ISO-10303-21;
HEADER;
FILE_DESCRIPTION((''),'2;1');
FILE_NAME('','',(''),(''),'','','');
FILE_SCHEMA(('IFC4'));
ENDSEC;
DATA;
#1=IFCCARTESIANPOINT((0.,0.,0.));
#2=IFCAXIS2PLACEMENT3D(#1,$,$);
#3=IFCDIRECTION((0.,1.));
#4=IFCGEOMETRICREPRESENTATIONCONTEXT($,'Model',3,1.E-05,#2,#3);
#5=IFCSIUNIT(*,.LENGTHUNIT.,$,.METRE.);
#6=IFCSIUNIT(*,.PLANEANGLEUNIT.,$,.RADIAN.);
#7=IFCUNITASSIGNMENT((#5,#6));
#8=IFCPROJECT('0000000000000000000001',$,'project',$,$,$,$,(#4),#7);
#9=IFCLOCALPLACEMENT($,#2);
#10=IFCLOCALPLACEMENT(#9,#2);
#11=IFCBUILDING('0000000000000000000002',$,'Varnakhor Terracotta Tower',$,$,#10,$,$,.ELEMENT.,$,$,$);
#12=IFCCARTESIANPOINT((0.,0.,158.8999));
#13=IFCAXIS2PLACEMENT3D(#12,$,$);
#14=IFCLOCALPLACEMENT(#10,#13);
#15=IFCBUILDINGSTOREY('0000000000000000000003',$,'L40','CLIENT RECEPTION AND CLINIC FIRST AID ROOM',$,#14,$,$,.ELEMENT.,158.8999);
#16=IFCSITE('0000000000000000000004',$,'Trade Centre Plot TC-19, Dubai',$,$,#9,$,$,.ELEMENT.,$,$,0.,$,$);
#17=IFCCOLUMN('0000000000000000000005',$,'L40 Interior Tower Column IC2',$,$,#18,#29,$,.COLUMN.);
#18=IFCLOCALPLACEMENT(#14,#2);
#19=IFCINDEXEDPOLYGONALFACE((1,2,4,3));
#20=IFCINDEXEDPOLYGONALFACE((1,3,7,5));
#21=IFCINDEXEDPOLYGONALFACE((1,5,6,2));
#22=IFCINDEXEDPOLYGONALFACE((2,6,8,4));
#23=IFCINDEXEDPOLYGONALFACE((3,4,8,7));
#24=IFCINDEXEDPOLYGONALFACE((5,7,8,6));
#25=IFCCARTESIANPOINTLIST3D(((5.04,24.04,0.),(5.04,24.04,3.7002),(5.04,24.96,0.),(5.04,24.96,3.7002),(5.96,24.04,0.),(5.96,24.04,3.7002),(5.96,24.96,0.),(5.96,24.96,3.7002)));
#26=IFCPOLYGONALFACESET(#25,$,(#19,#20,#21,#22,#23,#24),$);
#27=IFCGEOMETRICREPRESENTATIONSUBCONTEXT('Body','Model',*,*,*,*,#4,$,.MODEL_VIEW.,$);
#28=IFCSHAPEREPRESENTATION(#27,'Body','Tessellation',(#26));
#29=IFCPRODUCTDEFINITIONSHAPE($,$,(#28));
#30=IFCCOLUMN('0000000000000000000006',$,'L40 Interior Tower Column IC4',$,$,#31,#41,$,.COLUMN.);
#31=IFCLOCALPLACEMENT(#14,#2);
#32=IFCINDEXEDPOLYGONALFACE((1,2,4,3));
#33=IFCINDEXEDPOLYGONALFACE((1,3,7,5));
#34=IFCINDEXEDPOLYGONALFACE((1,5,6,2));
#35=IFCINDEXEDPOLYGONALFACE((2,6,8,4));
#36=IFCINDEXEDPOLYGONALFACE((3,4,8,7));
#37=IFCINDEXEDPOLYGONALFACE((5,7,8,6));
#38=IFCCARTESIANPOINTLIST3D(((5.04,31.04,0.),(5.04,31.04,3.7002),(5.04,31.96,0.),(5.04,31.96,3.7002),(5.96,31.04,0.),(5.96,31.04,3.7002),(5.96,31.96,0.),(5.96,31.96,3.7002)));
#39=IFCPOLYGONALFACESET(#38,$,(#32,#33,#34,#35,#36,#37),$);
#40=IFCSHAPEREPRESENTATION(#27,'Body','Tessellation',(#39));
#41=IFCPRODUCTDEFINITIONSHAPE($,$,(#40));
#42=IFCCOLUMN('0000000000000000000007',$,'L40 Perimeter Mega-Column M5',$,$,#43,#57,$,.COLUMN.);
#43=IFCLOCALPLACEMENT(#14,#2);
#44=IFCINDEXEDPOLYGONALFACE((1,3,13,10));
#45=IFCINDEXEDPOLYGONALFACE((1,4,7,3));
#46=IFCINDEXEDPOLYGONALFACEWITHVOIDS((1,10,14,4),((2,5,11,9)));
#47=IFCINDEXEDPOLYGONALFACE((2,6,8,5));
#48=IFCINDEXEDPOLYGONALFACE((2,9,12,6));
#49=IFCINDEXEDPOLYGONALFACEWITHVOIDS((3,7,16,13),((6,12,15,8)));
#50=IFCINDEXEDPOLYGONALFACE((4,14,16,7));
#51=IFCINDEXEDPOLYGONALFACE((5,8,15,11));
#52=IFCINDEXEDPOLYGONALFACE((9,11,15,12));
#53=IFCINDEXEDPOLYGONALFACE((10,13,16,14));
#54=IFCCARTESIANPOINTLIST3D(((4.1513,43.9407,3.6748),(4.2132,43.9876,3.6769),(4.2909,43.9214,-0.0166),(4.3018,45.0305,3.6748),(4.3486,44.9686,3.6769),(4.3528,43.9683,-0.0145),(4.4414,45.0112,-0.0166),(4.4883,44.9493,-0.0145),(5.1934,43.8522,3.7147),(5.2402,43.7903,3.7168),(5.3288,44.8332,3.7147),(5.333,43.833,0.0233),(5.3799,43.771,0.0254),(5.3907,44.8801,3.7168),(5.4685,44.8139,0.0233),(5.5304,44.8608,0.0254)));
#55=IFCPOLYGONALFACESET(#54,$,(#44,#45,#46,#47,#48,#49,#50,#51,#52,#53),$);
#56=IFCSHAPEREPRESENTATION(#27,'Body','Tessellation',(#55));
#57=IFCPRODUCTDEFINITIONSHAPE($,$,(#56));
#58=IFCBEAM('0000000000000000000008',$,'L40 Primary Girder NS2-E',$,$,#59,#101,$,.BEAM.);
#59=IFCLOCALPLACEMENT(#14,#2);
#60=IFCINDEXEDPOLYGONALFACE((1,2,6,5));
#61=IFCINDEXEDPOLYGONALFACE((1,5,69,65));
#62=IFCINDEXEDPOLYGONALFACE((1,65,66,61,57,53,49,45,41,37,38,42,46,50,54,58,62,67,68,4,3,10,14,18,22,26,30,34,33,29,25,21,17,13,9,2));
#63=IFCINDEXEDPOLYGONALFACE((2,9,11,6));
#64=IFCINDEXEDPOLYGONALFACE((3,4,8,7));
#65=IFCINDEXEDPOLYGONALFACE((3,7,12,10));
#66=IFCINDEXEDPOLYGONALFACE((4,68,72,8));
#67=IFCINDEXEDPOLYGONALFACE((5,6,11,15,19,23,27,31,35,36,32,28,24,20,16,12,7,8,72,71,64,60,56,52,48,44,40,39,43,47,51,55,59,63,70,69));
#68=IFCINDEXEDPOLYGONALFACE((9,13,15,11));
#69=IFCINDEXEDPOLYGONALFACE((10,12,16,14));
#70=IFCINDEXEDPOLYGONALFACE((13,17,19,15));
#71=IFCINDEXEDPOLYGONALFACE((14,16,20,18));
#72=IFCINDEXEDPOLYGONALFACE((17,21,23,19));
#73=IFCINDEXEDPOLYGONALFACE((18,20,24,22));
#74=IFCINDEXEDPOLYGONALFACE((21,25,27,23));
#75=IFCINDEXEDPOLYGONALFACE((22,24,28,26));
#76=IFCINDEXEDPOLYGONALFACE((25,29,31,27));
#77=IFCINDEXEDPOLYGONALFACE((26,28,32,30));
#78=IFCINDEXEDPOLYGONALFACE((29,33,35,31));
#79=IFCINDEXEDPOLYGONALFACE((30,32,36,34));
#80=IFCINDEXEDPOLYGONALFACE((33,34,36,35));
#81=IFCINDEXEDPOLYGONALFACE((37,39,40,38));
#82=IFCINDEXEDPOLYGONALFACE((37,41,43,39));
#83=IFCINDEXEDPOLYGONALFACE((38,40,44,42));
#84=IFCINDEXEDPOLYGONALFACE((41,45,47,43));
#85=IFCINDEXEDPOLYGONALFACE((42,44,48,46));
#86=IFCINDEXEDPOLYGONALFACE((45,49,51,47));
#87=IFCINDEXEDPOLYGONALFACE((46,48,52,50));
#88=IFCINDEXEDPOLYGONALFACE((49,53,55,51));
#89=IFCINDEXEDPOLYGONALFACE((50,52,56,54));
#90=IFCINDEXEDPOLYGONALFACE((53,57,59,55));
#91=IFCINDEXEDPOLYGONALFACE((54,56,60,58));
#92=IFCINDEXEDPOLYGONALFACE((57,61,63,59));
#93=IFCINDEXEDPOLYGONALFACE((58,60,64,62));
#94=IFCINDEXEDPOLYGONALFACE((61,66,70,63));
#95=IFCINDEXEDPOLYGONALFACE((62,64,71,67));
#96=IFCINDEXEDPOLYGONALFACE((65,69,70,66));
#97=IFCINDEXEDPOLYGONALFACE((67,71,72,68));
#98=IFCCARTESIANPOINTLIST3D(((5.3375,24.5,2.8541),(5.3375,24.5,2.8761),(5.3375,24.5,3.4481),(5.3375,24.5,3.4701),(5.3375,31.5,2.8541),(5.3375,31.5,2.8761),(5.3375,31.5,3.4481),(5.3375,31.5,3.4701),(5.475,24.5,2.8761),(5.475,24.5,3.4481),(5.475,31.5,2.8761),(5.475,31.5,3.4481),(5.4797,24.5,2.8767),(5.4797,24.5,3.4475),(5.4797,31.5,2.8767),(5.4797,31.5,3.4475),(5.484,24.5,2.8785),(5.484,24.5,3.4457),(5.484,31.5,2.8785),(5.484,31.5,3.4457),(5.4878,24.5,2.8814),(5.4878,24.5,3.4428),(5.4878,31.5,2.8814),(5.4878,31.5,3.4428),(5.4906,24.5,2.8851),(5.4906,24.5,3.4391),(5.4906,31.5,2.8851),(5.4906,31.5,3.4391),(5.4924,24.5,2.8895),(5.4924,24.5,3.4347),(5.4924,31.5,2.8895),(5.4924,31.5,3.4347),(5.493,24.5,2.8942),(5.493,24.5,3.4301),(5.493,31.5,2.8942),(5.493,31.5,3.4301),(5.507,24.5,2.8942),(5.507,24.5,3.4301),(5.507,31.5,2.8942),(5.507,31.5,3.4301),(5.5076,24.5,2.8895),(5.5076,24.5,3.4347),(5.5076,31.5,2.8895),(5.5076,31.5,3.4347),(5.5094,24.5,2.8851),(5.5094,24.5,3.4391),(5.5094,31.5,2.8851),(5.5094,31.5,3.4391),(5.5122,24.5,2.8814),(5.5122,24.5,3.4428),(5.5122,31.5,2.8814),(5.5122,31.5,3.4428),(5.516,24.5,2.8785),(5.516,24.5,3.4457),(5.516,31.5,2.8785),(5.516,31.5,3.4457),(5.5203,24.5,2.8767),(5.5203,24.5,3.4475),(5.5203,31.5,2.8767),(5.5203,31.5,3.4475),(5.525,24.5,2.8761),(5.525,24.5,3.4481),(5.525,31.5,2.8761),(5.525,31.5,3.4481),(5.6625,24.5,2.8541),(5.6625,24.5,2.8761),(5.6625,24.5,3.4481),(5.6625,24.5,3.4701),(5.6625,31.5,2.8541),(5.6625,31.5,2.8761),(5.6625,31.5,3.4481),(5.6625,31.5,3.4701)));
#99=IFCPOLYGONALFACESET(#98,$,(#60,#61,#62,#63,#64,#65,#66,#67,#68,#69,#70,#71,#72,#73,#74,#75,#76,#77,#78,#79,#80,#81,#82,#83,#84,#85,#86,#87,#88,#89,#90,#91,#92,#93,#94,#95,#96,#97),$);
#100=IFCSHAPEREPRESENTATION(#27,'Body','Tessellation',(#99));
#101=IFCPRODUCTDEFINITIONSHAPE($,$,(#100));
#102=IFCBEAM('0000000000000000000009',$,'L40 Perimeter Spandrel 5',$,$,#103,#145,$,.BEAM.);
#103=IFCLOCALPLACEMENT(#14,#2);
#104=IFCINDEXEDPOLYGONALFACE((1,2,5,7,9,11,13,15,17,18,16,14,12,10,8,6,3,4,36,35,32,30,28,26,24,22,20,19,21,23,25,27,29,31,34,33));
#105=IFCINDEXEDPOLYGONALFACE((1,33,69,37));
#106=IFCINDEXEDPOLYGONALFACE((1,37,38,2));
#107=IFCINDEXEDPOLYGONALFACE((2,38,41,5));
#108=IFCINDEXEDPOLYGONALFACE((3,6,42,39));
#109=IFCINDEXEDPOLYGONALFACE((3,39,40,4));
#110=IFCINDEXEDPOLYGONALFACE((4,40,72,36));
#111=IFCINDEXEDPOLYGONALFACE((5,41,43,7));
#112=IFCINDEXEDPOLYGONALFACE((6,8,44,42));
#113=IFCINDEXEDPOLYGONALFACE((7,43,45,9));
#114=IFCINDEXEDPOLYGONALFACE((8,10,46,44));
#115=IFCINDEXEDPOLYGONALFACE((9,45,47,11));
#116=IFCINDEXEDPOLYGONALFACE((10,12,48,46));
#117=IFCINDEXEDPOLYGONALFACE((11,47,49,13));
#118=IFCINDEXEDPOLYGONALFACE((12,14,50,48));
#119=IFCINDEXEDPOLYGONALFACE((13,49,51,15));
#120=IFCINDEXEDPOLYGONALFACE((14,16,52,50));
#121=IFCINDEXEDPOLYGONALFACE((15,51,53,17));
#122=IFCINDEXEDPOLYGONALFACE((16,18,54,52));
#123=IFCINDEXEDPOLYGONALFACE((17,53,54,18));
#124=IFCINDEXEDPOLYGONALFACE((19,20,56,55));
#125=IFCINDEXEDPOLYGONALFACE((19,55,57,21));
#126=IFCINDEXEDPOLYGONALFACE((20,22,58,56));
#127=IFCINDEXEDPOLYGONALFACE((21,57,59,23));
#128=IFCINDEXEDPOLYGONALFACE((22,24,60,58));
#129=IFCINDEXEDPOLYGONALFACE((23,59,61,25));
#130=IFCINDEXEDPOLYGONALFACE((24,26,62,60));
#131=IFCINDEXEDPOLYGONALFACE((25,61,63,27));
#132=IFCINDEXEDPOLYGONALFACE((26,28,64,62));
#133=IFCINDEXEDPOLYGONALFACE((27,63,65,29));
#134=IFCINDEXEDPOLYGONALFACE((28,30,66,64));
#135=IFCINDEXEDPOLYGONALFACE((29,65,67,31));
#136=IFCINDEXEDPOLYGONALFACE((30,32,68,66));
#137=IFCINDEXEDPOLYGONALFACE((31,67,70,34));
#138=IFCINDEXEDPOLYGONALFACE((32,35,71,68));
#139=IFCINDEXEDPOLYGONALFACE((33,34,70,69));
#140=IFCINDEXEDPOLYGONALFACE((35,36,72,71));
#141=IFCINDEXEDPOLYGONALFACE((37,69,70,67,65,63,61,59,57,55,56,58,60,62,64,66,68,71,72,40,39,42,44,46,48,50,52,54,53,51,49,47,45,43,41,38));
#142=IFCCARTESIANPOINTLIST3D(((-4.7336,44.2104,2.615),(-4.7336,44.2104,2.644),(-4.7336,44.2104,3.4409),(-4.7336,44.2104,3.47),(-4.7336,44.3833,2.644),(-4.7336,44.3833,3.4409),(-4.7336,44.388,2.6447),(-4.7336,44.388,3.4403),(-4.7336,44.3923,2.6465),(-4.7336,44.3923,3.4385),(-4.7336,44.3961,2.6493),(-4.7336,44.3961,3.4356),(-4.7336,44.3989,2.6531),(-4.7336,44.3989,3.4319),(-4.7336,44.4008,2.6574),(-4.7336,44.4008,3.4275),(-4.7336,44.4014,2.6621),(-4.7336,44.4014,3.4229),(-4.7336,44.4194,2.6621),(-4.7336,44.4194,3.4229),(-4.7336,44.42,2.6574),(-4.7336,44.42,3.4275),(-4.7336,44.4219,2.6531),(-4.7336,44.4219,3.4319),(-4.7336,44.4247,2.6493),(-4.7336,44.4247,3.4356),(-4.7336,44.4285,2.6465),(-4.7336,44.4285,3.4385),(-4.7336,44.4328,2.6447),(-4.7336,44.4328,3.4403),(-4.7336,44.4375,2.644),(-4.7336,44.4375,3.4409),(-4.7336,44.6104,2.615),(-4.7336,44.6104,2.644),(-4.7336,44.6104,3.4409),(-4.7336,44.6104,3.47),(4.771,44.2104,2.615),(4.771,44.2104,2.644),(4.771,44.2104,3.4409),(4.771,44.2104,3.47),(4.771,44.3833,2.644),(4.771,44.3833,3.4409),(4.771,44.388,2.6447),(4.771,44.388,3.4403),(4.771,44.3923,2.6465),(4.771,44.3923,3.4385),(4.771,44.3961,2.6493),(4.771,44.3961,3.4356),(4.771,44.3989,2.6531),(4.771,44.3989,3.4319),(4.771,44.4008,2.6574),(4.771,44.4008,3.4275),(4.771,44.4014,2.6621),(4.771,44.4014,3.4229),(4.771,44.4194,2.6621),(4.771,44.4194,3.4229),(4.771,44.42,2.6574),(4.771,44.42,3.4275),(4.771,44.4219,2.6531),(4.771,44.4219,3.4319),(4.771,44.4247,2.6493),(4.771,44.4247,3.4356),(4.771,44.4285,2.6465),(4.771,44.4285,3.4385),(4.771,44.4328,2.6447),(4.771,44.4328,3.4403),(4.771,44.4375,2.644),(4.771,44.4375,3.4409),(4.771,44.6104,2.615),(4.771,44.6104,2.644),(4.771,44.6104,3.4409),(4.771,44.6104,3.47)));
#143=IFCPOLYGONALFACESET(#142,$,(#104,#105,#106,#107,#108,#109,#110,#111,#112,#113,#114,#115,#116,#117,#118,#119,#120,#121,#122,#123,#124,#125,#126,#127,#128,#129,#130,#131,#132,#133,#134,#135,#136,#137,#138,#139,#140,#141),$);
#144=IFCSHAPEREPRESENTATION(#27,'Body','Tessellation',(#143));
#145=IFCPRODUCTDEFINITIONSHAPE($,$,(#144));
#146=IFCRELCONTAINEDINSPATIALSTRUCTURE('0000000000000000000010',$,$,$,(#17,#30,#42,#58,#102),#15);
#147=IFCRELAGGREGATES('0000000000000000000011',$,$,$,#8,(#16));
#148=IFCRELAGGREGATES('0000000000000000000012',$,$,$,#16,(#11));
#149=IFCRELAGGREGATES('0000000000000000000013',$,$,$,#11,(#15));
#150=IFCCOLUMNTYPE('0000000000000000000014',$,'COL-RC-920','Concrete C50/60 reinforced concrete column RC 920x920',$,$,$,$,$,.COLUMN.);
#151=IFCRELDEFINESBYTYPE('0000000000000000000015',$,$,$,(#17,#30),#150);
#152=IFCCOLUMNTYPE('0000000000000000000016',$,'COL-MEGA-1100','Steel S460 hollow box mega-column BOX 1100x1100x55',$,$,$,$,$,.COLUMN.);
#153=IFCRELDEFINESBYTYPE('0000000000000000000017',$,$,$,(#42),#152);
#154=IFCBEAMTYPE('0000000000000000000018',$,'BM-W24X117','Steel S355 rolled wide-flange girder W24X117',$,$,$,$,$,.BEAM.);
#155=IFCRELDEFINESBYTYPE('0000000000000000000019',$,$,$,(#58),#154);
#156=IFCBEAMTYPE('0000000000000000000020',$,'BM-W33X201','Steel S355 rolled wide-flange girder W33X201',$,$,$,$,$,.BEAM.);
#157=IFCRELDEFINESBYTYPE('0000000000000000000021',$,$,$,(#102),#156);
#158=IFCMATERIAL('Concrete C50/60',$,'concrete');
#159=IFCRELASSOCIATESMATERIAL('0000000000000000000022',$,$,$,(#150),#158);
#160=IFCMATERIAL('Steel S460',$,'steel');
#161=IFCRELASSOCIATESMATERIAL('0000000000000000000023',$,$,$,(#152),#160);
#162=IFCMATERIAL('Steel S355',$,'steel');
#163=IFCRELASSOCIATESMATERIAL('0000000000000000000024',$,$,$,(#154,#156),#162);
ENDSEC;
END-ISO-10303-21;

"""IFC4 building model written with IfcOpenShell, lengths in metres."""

from ifc_helpers import new_model, si_unit, direction, frame, origin, origin_2d, place, context, subcontext, project, spatial, rectangle, hollow_rectangle, i_section, extrude, source, transform, mapped, material, material_profile, profile_set, type_object, element, save


model = new_model("IFC4")

# Units and contexts
model_context = context("Model", 3, precision=1e-05, world=origin(), true_north=direction((0.0, 1.0)))
body_context = subcontext(model_context, "Body", "Model", "MODEL_VIEW")
ifc_project = project(units=[si_unit("LENGTHUNIT", "METRE"), si_unit("PLANEANGLEUNIT", "RADIAN")], contexts=[model_context])

# Site, building, storey
site_placement = place(None, origin())
site = spatial("IfcSite", under=ifc_project, at=site_placement, Name="Trade Centre Plot TC-19, Dubai", CompositionType="ELEMENT", RefElevation=0.0)
building_placement = place(site_placement, origin())
building = spatial("IfcBuilding", under=site, at=building_placement, Name="Varnakhor Terracotta Tower", CompositionType="ELEMENT")
storey_placement = place(building_placement, frame((0.0, 0.0, 158.8999)))
storey = spatial("IfcBuildingStorey", under=building, at=storey_placement, Name="L40", Description="CLIENT RECEPTION AND CLINIC FIRST AID ROOM", CompositionType="ELEMENT", Elevation=158.8999)

# Columns
ifc_material_1 = material(Name="Concrete C50/60", Category="concrete")
ifc_material_profile_1 = material_profile(ifc_material_1, rectangle(XDim=0.9199, YDim=0.9199, at=origin_2d()), Name="RC 920x920")
ifc_profile_set_1 = profile_set([ifc_material_profile_1], Name="Concrete C50/60")
column_type_1 = type_object("IfcColumnType", Name="COL-RC-920", Description="Concrete C50/60 reinforced concrete column RC 920x920", PredefinedType="COLUMN", material=ifc_profile_set_1)
shared_shape_1 = source(origin(), body_context, "Body", "SweptSolid", [
    extrude(rectangle(XDim=0.9199, YDim=0.9199, at=origin_2d()), origin(), (0.0, 0.0, 1.0), 3.7002),
])
for number, where, z_axis, x_axis, name in (
    (1, (5.5, 24.5, 0.0), (0.0, 0.0, 1.0), (1.0, 0.0, 0.0), "L40 Interior Tower Column IC2"),
    (2, (5.5, 31.5, 0.0), (0.0, 0.0, 1.0), (1.0, 0.0, 0.0), "L40 Interior Tower Column IC4"),
):
    element("IfcColumn", number, at=place(storey_placement, frame(where, z_axis=z_axis, x_axis=x_axis)), inside=storey, type_object=column_type_1, Name=name, PredefinedType="COLUMN", context=body_context, shape_type="MappedRepresentation", body=[
        mapped(shared_shape_1, transform((0.0, 0.0, 0.0), scale=1.0)),
    ])
ifc_material_2 = material(Name="Steel S460", Category="steel")
ifc_material_profile_2 = material_profile(ifc_material_2, hollow_rectangle(XDim=1.1001, YDim=1.1001, WallThickness=0.0549, at=origin_2d()), Name="BOX 1100x1100x55")
ifc_profile_set_2 = profile_set([ifc_material_profile_2], Name="Steel S460")
column_type_2 = type_object("IfcColumnType", Name="COL-MEGA-1100", Description="Steel S460 hollow box mega-column BOX 1100x1100x55", PredefinedType="COLUMN", material=ifc_profile_set_2)
shared_shape_2 = source(origin(), body_context, "Body", "SweptSolid", [
    extrude(hollow_rectangle(XDim=1.1001, YDim=1.1001, WallThickness=0.0549, at=origin_2d()), origin(), (0.0, 0.0, 1.0), 3.6941),
])
column_placement = place(storey_placement, frame((4.9106, 44.3911, 0.0044), z_axis=(-0.037803, 0.005221, 0.999272), x_axis=(-0.136813, -0.990597, 0.0)))
element("IfcColumn", 3, at=column_placement, inside=storey, type_object=column_type_2, Name="L40 Perimeter Mega-Column M5", PredefinedType="COLUMN", context=body_context, shape_type="MappedRepresentation", body=[
    mapped(shared_shape_2, transform((0.0, 0.0, 0.0), scale=1.0)),
])

# Beams
ifc_material_3 = material(Name="Steel S355", Category="steel")
ifc_material_profile_3 = material_profile(ifc_material_3, i_section(OverallWidth=0.325, OverallDepth=0.616, WebThickness=0.0139, FlangeThickness=0.022, FilletRadius=0.0181, at=origin_2d()), Name="W24X117")
ifc_profile_set_3 = profile_set([ifc_material_profile_3], Name="Steel S355")
beam_type_1 = type_object("IfcBeamType", Name="BM-W24X117", Description="Steel S355 rolled wide-flange girder W24X117", PredefinedType="BEAM", material=ifc_profile_set_3)
shared_shape_3 = source(origin(), body_context, "Body", "SweptSolid", [
    extrude(i_section(OverallWidth=0.325, OverallDepth=0.616, WebThickness=0.0139, FlangeThickness=0.022, FilletRadius=0.0181, at=origin_2d()), origin(), (0.0, 0.0, 1.0), 7.0),
])
beam_1_placement = place(storey_placement, frame((5.5, 24.5, 3.1621), z_axis=(0.0, 1.0, 0.0), x_axis=(-1.0, 0.0, 0.0)))
element("IfcBeam", 4, at=beam_1_placement, inside=storey, type_object=beam_type_1, Name="L40 Primary Girder NS2-E", PredefinedType="BEAM", context=body_context, shape_type="MappedRepresentation", body=[
    mapped(shared_shape_3, transform((0.0, 0.0, 0.0), scale=1.0)),
])
ifc_material_profile_4 = material_profile(ifc_material_3, i_section(OverallWidth=0.3999, OverallDepth=0.855, WebThickness=0.0181, FlangeThickness=0.0291, FilletRadius=0.0181, at=origin_2d()), Name="W33X201")
ifc_profile_set_4 = profile_set([ifc_material_profile_4], Name="Steel S355")
beam_type_2 = type_object("IfcBeamType", Name="BM-W33X201", Description="Steel S355 rolled wide-flange girder W33X201", PredefinedType="BEAM", material=ifc_profile_set_4)
shared_shape_4 = source(origin(), body_context, "Body", "SweptSolid", [
    extrude(i_section(OverallWidth=0.3999, OverallDepth=0.855, WebThickness=0.0181, FlangeThickness=0.0291, FilletRadius=0.0181, at=origin_2d()), origin(), (0.0, 0.0, 1.0), 9.5046),
])
beam_2_placement = place(storey_placement, frame((4.771, 44.4104, 3.0425), z_axis=(-1.0, 0.0, 0.0), x_axis=(0.0, -1.0, 0.0)))
element("IfcBeam", 5, at=beam_2_placement, inside=storey, type_object=beam_type_2, Name="L40 Perimeter Spandrel 5", PredefinedType="BEAM", context=body_context, shape_type="MappedRepresentation", body=[
    mapped(shared_shape_4, transform((0.0, 0.0, 0.0), scale=1.0)),
])

save(model, "model.ifc")
